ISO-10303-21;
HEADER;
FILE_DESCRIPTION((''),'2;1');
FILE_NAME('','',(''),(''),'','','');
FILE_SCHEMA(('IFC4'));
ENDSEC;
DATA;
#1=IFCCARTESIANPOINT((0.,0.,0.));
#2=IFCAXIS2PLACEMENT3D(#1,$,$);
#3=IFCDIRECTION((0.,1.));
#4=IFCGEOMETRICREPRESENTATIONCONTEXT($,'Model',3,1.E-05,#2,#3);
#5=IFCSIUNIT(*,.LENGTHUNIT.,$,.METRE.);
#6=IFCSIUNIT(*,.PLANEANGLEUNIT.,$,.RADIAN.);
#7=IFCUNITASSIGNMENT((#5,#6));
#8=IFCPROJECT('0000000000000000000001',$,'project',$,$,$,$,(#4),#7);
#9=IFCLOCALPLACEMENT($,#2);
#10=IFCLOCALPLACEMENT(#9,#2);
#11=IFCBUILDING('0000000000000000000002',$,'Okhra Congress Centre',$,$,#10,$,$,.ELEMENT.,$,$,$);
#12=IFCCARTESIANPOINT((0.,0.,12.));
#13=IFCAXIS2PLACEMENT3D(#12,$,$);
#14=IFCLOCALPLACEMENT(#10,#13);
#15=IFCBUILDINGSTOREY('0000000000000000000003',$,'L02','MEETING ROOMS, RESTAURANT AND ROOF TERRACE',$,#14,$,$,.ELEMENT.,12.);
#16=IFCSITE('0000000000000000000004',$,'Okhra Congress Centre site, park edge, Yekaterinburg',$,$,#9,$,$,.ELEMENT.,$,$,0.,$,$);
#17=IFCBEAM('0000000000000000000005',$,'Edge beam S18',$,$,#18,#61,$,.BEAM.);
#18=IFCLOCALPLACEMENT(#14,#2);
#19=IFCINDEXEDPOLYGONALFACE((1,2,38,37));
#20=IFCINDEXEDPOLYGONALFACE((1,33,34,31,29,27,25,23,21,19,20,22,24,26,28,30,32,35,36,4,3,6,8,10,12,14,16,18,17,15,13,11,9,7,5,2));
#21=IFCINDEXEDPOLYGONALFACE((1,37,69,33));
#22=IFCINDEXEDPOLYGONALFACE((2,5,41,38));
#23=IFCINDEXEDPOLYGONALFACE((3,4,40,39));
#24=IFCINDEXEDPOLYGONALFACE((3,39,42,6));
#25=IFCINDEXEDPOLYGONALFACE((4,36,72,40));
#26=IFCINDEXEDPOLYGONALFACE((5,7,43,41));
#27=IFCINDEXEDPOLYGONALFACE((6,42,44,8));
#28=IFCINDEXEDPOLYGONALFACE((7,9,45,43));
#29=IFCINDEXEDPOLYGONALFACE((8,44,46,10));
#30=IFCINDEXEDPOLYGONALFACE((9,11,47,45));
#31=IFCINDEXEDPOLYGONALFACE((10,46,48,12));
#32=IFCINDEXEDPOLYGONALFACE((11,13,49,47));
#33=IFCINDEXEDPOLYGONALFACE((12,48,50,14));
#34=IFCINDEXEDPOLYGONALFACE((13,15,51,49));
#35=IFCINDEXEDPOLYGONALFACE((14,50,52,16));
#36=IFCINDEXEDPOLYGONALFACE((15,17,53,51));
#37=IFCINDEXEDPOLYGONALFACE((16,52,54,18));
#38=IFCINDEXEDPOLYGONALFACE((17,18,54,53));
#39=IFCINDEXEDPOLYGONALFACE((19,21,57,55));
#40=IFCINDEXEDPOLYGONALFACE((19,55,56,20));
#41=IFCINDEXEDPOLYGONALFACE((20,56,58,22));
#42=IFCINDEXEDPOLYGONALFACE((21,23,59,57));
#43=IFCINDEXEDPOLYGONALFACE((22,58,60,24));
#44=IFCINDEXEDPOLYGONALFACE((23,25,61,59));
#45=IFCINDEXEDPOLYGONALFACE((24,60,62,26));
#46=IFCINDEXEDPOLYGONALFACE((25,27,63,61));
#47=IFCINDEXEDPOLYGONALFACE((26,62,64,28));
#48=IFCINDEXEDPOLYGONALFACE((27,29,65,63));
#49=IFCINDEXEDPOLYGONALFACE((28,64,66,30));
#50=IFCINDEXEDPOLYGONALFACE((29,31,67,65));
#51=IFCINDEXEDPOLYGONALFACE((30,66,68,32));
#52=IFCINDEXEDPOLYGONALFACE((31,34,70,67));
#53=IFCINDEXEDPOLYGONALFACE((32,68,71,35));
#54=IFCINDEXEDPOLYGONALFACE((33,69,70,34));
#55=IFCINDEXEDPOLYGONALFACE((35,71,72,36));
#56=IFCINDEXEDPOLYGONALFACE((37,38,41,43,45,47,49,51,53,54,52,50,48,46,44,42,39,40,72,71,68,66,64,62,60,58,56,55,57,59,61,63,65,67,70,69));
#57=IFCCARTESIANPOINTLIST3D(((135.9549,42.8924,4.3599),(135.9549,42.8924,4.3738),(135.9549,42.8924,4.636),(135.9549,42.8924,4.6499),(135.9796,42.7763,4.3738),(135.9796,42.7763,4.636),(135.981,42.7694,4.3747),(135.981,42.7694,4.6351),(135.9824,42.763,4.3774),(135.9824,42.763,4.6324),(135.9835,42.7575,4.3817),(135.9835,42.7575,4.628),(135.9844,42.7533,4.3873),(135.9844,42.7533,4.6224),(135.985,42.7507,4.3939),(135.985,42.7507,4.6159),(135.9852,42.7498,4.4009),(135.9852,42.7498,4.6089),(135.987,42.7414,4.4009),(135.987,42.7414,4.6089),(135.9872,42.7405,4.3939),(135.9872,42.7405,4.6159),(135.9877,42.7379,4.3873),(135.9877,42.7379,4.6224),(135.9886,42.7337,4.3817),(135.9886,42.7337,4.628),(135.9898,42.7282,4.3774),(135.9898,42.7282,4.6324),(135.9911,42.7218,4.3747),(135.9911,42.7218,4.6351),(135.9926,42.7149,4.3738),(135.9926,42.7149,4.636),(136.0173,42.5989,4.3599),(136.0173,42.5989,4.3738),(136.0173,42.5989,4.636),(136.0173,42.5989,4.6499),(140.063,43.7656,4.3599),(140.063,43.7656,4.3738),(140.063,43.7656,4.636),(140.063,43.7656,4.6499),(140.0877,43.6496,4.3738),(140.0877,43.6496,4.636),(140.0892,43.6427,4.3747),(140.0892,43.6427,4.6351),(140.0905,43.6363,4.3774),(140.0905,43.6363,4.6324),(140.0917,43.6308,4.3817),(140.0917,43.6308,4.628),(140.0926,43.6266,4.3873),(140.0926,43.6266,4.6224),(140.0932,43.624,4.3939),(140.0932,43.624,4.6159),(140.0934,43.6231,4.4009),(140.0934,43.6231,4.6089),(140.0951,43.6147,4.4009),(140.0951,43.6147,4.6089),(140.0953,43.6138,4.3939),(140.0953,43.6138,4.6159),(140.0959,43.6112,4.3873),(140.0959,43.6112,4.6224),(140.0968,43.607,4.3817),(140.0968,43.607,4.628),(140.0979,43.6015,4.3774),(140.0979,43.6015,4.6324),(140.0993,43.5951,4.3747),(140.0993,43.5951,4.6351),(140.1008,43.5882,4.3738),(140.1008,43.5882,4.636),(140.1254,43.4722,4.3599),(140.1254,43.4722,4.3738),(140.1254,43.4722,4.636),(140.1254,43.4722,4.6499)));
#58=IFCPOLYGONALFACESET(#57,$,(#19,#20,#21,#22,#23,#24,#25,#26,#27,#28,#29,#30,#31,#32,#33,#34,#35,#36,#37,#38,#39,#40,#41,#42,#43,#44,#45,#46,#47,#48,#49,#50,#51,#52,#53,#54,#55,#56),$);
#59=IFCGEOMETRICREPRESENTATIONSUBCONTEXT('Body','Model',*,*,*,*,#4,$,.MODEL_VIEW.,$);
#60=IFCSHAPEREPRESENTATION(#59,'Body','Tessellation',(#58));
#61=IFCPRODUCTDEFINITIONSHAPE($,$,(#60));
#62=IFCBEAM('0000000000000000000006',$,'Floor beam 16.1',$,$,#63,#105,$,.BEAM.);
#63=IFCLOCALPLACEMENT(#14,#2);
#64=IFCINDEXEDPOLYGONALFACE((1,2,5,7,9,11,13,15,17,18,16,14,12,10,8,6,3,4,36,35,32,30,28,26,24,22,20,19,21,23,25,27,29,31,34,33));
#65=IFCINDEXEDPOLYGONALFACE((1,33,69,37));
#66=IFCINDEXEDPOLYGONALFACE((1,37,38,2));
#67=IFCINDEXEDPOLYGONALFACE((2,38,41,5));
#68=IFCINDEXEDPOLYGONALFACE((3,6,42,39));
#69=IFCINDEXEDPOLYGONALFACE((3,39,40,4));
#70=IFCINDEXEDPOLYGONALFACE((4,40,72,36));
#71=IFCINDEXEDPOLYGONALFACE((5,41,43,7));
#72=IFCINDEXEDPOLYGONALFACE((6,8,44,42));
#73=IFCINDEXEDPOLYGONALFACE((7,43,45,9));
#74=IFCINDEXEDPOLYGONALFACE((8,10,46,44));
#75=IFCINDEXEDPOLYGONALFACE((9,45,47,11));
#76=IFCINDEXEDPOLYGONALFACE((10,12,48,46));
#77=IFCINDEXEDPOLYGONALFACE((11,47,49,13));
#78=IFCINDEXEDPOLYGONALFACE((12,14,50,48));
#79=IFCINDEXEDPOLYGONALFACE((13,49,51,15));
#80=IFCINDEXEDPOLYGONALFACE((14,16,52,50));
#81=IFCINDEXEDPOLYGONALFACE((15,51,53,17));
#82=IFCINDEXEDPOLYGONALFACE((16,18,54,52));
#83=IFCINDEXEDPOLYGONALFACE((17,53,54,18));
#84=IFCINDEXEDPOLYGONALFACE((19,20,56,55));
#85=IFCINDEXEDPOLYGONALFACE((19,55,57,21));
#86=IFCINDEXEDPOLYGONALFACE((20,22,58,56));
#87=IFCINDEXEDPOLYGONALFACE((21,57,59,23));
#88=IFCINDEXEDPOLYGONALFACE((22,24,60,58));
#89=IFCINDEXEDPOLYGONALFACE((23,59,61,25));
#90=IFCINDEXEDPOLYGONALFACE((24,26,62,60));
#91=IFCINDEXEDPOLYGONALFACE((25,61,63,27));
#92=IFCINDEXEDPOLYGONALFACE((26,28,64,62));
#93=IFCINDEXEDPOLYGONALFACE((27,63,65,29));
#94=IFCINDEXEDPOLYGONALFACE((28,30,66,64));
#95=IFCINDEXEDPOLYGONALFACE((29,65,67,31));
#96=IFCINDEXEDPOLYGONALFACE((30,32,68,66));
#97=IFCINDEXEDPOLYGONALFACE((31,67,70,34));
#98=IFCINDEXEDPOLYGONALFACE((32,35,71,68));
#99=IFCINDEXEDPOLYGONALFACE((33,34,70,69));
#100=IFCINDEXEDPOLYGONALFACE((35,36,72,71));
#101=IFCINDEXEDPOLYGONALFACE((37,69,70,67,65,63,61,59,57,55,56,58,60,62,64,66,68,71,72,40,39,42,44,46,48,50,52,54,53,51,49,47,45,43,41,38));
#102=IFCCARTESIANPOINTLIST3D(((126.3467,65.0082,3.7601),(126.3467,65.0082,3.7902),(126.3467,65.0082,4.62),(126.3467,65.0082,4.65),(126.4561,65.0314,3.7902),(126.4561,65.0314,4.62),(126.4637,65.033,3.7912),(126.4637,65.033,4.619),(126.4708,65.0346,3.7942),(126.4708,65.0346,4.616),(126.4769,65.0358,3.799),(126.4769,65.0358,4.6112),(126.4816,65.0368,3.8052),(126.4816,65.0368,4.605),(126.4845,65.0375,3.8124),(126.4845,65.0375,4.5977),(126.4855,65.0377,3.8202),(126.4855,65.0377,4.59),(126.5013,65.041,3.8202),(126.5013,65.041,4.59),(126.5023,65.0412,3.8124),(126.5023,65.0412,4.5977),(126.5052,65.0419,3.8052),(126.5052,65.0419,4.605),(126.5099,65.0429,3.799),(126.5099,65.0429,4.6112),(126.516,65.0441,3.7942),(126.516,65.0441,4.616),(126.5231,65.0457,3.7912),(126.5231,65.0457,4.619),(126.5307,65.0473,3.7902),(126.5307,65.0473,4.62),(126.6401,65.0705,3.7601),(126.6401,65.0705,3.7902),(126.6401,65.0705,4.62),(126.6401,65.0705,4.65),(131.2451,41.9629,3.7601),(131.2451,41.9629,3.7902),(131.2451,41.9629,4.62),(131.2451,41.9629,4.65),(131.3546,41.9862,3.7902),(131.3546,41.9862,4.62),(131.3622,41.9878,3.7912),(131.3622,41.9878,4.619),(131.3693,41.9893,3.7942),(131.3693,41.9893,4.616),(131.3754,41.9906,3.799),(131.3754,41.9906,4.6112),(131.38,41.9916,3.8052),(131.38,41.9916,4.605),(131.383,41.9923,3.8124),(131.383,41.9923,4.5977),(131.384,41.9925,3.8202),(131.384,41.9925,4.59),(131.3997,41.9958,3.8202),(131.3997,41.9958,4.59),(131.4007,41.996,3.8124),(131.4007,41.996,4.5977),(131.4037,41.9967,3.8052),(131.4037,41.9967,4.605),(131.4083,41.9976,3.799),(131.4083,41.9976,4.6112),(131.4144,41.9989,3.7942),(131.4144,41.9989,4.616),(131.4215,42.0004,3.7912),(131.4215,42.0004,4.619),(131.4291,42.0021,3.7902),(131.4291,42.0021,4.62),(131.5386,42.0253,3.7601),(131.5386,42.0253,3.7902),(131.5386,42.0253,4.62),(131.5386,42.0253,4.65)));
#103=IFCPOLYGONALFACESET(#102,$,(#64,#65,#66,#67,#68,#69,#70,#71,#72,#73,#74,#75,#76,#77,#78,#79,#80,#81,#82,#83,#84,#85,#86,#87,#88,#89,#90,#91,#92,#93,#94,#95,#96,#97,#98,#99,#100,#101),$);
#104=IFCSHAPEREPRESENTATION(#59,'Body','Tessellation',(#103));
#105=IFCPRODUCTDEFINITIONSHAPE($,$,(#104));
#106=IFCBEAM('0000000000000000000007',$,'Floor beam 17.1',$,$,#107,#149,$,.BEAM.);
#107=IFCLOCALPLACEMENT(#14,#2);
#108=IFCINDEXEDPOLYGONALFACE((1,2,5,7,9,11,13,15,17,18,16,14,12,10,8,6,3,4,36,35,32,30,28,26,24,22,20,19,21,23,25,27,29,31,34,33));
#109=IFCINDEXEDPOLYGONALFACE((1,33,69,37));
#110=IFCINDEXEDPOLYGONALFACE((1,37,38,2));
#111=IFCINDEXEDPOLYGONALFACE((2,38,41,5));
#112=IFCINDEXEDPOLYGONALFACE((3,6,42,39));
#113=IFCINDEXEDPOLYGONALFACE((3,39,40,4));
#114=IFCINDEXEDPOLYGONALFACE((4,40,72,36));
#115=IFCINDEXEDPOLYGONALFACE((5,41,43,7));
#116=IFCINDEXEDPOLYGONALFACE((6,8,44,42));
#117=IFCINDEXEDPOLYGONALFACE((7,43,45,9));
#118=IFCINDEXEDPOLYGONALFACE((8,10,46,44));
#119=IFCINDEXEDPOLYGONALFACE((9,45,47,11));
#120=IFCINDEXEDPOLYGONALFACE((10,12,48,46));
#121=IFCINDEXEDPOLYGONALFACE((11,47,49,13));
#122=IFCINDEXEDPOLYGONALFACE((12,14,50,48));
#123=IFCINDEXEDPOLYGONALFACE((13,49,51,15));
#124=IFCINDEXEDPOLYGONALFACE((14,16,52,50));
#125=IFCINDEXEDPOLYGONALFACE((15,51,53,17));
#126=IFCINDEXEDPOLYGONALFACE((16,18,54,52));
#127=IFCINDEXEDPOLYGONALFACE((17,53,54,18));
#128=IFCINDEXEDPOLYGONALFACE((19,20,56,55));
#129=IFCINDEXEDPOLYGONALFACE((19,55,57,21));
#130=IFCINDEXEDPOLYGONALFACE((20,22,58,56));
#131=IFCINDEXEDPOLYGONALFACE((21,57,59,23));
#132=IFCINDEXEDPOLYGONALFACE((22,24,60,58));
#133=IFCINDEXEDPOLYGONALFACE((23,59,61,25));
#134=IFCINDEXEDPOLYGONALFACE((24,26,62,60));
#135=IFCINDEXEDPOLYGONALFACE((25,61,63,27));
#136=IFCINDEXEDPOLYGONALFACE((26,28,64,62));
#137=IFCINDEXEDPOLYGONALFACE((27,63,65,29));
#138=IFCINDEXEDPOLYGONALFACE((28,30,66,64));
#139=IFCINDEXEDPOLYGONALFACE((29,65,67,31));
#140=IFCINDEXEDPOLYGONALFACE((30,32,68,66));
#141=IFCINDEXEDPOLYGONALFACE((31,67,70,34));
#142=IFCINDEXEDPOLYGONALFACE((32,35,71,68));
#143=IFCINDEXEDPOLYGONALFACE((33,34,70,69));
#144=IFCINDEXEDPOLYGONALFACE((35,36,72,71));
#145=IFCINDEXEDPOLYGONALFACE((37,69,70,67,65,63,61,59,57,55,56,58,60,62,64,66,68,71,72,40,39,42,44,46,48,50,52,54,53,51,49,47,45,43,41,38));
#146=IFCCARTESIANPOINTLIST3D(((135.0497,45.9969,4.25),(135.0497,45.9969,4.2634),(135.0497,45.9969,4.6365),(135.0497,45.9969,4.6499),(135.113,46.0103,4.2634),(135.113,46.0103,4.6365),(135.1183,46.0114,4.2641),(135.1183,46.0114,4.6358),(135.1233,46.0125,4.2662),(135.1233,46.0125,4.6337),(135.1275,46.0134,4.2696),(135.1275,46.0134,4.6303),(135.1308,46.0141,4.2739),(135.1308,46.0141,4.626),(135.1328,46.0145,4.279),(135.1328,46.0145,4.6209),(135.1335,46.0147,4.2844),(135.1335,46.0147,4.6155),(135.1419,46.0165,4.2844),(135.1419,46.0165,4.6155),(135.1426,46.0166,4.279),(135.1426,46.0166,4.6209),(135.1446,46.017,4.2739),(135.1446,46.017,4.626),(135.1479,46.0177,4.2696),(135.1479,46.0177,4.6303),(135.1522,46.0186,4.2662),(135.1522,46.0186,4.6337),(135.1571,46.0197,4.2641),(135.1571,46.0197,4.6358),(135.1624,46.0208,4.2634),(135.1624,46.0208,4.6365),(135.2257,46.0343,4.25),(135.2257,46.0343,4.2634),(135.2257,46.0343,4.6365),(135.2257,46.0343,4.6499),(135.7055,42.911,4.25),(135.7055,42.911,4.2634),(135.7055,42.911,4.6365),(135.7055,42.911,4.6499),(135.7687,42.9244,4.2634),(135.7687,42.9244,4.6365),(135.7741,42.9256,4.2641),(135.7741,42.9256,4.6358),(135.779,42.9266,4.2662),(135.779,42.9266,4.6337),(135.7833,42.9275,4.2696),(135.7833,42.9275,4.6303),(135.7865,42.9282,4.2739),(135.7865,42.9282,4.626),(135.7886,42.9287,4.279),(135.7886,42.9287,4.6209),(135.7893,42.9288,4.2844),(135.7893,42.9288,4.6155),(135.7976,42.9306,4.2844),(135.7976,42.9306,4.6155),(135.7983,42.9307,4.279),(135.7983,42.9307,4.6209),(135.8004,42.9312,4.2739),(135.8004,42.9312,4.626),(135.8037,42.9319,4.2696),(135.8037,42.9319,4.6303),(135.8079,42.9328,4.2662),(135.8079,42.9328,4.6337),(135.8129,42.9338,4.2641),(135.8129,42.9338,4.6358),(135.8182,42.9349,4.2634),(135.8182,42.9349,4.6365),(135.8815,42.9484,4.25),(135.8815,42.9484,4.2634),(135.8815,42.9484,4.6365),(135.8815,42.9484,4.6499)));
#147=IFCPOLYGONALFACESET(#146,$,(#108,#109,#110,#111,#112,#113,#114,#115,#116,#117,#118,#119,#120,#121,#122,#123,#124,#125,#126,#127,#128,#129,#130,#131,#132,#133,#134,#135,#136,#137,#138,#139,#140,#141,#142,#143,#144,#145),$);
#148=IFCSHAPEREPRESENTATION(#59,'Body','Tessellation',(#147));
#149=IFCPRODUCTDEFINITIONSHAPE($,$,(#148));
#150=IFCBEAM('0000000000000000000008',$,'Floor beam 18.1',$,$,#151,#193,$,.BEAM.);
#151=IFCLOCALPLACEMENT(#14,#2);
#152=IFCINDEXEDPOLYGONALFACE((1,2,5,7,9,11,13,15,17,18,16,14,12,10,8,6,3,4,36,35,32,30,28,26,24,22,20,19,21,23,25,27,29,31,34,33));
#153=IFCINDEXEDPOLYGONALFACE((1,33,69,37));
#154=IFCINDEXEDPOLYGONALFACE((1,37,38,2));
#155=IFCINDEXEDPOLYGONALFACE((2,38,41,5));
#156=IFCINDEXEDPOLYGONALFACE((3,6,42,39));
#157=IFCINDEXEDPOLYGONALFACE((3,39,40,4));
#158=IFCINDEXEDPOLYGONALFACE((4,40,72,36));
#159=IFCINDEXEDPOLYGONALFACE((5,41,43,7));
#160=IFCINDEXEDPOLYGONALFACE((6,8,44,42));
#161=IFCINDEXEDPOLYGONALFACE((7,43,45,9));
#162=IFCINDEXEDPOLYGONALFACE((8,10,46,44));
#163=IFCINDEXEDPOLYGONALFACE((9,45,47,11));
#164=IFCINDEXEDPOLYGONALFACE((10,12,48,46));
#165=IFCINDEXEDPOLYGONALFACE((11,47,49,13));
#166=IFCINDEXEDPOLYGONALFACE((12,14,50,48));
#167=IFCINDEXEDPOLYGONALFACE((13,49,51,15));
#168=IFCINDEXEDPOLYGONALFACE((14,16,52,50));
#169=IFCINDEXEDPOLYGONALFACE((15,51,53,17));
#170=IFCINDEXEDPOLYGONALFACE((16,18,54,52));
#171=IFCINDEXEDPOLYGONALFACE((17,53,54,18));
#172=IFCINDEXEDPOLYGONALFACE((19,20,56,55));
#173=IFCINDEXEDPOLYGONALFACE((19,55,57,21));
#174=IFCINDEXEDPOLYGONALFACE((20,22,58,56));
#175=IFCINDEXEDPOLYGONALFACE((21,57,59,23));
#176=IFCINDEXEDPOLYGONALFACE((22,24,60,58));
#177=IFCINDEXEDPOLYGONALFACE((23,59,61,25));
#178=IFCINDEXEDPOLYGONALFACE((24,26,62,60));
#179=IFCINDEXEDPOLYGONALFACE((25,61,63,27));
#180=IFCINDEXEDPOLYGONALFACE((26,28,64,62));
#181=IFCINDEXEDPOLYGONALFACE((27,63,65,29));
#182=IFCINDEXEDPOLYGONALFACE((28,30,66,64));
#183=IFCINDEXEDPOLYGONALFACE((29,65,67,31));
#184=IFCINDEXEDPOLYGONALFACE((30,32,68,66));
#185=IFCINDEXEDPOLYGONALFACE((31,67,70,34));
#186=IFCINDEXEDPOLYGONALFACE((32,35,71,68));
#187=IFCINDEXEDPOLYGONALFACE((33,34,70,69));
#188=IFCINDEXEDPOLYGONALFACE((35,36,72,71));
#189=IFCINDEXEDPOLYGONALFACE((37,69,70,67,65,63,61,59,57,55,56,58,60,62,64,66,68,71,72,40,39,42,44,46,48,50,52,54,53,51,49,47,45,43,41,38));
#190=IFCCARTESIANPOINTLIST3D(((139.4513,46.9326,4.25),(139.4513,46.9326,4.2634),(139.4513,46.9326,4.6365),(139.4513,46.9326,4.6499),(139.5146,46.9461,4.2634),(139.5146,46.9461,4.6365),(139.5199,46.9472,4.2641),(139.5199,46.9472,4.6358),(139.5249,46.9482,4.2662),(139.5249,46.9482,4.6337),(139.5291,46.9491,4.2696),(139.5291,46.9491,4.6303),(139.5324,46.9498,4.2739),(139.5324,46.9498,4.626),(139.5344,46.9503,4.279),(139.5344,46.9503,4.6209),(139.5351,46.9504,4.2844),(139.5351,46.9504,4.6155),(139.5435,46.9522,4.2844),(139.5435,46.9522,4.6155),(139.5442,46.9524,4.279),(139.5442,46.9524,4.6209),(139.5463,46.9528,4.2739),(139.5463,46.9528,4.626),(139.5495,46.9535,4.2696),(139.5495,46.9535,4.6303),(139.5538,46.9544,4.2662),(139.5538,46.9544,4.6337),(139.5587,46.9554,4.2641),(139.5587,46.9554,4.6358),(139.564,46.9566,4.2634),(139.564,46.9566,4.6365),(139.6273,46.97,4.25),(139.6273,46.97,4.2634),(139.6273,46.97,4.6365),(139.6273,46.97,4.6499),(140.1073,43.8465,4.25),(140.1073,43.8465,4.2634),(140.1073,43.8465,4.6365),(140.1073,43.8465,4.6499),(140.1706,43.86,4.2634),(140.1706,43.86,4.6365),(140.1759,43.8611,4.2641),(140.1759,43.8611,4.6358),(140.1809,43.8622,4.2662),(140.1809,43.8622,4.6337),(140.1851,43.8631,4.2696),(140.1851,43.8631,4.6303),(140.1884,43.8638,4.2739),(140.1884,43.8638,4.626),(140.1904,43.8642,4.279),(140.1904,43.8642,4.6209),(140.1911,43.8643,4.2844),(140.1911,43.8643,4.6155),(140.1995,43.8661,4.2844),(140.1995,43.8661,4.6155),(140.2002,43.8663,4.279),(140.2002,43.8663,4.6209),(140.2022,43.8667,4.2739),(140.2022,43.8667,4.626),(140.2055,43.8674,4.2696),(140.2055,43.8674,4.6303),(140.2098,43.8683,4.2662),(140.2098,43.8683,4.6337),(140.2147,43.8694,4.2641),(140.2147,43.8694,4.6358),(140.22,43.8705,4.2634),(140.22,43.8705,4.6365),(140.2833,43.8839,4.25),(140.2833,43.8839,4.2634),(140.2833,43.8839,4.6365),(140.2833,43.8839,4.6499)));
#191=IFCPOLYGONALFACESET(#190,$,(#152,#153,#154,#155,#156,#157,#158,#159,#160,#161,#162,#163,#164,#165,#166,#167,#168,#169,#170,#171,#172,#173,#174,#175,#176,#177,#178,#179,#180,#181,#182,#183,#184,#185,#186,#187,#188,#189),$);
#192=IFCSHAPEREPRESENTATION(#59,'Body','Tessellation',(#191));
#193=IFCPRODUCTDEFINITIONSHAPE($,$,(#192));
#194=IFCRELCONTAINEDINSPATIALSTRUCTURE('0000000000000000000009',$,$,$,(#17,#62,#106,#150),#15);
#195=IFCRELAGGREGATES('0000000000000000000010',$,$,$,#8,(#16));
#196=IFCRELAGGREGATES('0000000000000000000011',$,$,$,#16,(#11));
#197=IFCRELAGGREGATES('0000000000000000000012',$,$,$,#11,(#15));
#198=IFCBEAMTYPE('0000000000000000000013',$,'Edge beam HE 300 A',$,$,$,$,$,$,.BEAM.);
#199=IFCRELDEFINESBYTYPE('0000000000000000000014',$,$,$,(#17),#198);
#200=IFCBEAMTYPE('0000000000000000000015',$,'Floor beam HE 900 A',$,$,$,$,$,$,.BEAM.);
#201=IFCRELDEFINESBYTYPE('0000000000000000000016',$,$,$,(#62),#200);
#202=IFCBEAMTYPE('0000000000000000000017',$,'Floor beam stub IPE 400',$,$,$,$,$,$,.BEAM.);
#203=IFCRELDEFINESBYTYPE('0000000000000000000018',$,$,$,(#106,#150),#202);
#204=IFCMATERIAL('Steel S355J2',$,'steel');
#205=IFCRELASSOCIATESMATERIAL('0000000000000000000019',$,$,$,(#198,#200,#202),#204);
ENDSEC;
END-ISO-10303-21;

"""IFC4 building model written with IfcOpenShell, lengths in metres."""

from ifc_helpers import new_model, si_unit, direction, frame, origin, origin_2d, place, context, subcontext, project, spatial, i_section, extrude, material, material_profile, profile_set, type_object, element, save


model = new_model("IFC4")

# Units and contexts
model_context = context("Model", 3, precision=1e-05, world=origin(), true_north=direction((0.0, 1.0)))
body_context = subcontext(model_context, "Body", "Model", "MODEL_VIEW")
ifc_project = project(units=[si_unit("LENGTHUNIT", "METRE"), si_unit("PLANEANGLEUNIT", "RADIAN")], contexts=[model_context])

# Site, building, storey
site_placement = place(None, origin())
site = spatial("IfcSite", under=ifc_project, at=site_placement, Name="Okhra Congress Centre site, park edge, Yekaterinburg", CompositionType="ELEMENT", RefElevation=0.0)
building_placement = place(site_placement, origin())
building = spatial("IfcBuilding", under=site, at=building_placement, Name="Okhra Congress Centre", CompositionType="ELEMENT")
storey_placement = place(building_placement, frame((0.0, 0.0, 12.0)))
storey = spatial("IfcBuildingStorey", under=building, at=storey_placement, Name="L02", Description="MEETING ROOMS, RESTAURANT AND ROOF TERRACE", CompositionType="ELEMENT", Elevation=12.0)

# Shared definitions
ifc_material_1 = material(Name="Steel S355J2", Category="steel")

# Beams
ifc_material_profile_1 = material_profile(ifc_material_1, i_section(OverallWidth=0.3, OverallDepth=0.29, WebThickness=0.0085, FlangeThickness=0.0139, FilletRadius=0.0271, at=origin_2d()), Name="HE 300 A")
ifc_profile_set_1 = profile_set([ifc_material_profile_1], Name="Steel S355J2")
beam_type_1 = type_object("IfcBeamType", Name="Edge beam HE 300 A", PredefinedType="BEAM", material=ifc_profile_set_1)
beam_1_placement = place(storey_placement, frame((135.9861, 42.7456, 4.5049), z_axis=(0.978144, 0.207929, 0.0), x_axis=(-0.207929, 0.978144, 0.0)))
element("IfcBeam", 1, at=beam_1_placement, inside=storey, type_object=beam_type_1, Name="Edge beam S18", PredefinedType="BEAM", context=body_context, shape_type="SweptSolid", body=[
    extrude(i_section(OverallWidth=0.3, OverallDepth=0.29, WebThickness=0.0085, FlangeThickness=0.0139, FilletRadius=0.0271, at=origin_2d()), origin(), (0.0, 0.0, 1.0), 4.2),
])
ifc_material_profile_2 = material_profile(ifc_material_1, i_section(OverallWidth=0.3, OverallDepth=0.8899, WebThickness=0.0161, FlangeThickness=0.03, FilletRadius=0.03, at=origin_2d()), Name="HE 900 A")
ifc_profile_set_2 = profile_set([ifc_material_profile_2], Name="Steel S355J2")
beam_type_2 = type_object("IfcBeamType", Name="Floor beam HE 900 A", PredefinedType="BEAM", material=ifc_profile_set_2)
beam_2_placement = place(storey_placement, frame((131.3918, 41.9941, 4.2051), z_axis=(-0.207913, 0.978147, 0.0), x_axis=(-0.978147, -0.207913, 0.0)))
element("IfcBeam", 2, at=beam_2_placement, inside=storey, type_object=beam_type_2, Name="Floor beam 16.1", PredefinedType="BEAM", context=body_context, shape_type="SweptSolid", body=[
    extrude(i_section(OverallWidth=0.3, OverallDepth=0.8899, WebThickness=0.0161, FlangeThickness=0.03, FilletRadius=0.03, at=origin_2d()), origin(), (0.0, 0.0, 1.0), 23.5601),
])
ifc_material_profile_3 = material_profile(ifc_material_1, i_section(OverallWidth=0.1799, OverallDepth=0.3999, WebThickness=0.0085, FlangeThickness=0.0134, FilletRadius=0.021, at=origin_2d()), Name="IPE 400")
ifc_profile_set_3 = profile_set([ifc_material_profile_3], Name="Steel S355J2")
beam_type_3 = type_object("IfcBeamType", Name="Floor beam stub IPE 400", PredefinedType="BEAM", material=ifc_profile_set_3)
beam_3_placement = place(storey_placement, frame((135.7935, 42.9297, 4.45), z_axis=(-0.207859, 0.978159, 0.0), x_axis=(-0.978159, -0.207859, 0.0)))
element("IfcBeam", 3, at=beam_3_placement, inside=storey, type_object=beam_type_3, Name="Floor beam 17.1", PredefinedType="BEAM", context=body_context, shape_type="SweptSolid", body=[
    extrude(i_section(OverallWidth=0.1799, OverallDepth=0.3999, WebThickness=0.0085, FlangeThickness=0.0134, FilletRadius=0.021, at=origin_2d()), origin(), (0.0, 0.0, 1.0), 3.1548),
])
beam_4_placement = place(storey_placement, frame((140.1953, 43.8652, 4.45), z_axis=(-0.207917, 0.978146, 0.0), x_axis=(-0.978146, -0.207917, 0.0)))
element("IfcBeam", 4, at=beam_4_placement, inside=storey, type_object=beam_type_3, Name="Floor beam 18.1", PredefinedType="BEAM", context=body_context, shape_type="SweptSolid", body=[
    extrude(i_section(OverallWidth=0.1799, OverallDepth=0.3999, WebThickness=0.0085, FlangeThickness=0.0134, FilletRadius=0.021, at=origin_2d()), origin(), (0.0, 0.0, 1.0), 3.155),
])

save(model, "model.ifc")
